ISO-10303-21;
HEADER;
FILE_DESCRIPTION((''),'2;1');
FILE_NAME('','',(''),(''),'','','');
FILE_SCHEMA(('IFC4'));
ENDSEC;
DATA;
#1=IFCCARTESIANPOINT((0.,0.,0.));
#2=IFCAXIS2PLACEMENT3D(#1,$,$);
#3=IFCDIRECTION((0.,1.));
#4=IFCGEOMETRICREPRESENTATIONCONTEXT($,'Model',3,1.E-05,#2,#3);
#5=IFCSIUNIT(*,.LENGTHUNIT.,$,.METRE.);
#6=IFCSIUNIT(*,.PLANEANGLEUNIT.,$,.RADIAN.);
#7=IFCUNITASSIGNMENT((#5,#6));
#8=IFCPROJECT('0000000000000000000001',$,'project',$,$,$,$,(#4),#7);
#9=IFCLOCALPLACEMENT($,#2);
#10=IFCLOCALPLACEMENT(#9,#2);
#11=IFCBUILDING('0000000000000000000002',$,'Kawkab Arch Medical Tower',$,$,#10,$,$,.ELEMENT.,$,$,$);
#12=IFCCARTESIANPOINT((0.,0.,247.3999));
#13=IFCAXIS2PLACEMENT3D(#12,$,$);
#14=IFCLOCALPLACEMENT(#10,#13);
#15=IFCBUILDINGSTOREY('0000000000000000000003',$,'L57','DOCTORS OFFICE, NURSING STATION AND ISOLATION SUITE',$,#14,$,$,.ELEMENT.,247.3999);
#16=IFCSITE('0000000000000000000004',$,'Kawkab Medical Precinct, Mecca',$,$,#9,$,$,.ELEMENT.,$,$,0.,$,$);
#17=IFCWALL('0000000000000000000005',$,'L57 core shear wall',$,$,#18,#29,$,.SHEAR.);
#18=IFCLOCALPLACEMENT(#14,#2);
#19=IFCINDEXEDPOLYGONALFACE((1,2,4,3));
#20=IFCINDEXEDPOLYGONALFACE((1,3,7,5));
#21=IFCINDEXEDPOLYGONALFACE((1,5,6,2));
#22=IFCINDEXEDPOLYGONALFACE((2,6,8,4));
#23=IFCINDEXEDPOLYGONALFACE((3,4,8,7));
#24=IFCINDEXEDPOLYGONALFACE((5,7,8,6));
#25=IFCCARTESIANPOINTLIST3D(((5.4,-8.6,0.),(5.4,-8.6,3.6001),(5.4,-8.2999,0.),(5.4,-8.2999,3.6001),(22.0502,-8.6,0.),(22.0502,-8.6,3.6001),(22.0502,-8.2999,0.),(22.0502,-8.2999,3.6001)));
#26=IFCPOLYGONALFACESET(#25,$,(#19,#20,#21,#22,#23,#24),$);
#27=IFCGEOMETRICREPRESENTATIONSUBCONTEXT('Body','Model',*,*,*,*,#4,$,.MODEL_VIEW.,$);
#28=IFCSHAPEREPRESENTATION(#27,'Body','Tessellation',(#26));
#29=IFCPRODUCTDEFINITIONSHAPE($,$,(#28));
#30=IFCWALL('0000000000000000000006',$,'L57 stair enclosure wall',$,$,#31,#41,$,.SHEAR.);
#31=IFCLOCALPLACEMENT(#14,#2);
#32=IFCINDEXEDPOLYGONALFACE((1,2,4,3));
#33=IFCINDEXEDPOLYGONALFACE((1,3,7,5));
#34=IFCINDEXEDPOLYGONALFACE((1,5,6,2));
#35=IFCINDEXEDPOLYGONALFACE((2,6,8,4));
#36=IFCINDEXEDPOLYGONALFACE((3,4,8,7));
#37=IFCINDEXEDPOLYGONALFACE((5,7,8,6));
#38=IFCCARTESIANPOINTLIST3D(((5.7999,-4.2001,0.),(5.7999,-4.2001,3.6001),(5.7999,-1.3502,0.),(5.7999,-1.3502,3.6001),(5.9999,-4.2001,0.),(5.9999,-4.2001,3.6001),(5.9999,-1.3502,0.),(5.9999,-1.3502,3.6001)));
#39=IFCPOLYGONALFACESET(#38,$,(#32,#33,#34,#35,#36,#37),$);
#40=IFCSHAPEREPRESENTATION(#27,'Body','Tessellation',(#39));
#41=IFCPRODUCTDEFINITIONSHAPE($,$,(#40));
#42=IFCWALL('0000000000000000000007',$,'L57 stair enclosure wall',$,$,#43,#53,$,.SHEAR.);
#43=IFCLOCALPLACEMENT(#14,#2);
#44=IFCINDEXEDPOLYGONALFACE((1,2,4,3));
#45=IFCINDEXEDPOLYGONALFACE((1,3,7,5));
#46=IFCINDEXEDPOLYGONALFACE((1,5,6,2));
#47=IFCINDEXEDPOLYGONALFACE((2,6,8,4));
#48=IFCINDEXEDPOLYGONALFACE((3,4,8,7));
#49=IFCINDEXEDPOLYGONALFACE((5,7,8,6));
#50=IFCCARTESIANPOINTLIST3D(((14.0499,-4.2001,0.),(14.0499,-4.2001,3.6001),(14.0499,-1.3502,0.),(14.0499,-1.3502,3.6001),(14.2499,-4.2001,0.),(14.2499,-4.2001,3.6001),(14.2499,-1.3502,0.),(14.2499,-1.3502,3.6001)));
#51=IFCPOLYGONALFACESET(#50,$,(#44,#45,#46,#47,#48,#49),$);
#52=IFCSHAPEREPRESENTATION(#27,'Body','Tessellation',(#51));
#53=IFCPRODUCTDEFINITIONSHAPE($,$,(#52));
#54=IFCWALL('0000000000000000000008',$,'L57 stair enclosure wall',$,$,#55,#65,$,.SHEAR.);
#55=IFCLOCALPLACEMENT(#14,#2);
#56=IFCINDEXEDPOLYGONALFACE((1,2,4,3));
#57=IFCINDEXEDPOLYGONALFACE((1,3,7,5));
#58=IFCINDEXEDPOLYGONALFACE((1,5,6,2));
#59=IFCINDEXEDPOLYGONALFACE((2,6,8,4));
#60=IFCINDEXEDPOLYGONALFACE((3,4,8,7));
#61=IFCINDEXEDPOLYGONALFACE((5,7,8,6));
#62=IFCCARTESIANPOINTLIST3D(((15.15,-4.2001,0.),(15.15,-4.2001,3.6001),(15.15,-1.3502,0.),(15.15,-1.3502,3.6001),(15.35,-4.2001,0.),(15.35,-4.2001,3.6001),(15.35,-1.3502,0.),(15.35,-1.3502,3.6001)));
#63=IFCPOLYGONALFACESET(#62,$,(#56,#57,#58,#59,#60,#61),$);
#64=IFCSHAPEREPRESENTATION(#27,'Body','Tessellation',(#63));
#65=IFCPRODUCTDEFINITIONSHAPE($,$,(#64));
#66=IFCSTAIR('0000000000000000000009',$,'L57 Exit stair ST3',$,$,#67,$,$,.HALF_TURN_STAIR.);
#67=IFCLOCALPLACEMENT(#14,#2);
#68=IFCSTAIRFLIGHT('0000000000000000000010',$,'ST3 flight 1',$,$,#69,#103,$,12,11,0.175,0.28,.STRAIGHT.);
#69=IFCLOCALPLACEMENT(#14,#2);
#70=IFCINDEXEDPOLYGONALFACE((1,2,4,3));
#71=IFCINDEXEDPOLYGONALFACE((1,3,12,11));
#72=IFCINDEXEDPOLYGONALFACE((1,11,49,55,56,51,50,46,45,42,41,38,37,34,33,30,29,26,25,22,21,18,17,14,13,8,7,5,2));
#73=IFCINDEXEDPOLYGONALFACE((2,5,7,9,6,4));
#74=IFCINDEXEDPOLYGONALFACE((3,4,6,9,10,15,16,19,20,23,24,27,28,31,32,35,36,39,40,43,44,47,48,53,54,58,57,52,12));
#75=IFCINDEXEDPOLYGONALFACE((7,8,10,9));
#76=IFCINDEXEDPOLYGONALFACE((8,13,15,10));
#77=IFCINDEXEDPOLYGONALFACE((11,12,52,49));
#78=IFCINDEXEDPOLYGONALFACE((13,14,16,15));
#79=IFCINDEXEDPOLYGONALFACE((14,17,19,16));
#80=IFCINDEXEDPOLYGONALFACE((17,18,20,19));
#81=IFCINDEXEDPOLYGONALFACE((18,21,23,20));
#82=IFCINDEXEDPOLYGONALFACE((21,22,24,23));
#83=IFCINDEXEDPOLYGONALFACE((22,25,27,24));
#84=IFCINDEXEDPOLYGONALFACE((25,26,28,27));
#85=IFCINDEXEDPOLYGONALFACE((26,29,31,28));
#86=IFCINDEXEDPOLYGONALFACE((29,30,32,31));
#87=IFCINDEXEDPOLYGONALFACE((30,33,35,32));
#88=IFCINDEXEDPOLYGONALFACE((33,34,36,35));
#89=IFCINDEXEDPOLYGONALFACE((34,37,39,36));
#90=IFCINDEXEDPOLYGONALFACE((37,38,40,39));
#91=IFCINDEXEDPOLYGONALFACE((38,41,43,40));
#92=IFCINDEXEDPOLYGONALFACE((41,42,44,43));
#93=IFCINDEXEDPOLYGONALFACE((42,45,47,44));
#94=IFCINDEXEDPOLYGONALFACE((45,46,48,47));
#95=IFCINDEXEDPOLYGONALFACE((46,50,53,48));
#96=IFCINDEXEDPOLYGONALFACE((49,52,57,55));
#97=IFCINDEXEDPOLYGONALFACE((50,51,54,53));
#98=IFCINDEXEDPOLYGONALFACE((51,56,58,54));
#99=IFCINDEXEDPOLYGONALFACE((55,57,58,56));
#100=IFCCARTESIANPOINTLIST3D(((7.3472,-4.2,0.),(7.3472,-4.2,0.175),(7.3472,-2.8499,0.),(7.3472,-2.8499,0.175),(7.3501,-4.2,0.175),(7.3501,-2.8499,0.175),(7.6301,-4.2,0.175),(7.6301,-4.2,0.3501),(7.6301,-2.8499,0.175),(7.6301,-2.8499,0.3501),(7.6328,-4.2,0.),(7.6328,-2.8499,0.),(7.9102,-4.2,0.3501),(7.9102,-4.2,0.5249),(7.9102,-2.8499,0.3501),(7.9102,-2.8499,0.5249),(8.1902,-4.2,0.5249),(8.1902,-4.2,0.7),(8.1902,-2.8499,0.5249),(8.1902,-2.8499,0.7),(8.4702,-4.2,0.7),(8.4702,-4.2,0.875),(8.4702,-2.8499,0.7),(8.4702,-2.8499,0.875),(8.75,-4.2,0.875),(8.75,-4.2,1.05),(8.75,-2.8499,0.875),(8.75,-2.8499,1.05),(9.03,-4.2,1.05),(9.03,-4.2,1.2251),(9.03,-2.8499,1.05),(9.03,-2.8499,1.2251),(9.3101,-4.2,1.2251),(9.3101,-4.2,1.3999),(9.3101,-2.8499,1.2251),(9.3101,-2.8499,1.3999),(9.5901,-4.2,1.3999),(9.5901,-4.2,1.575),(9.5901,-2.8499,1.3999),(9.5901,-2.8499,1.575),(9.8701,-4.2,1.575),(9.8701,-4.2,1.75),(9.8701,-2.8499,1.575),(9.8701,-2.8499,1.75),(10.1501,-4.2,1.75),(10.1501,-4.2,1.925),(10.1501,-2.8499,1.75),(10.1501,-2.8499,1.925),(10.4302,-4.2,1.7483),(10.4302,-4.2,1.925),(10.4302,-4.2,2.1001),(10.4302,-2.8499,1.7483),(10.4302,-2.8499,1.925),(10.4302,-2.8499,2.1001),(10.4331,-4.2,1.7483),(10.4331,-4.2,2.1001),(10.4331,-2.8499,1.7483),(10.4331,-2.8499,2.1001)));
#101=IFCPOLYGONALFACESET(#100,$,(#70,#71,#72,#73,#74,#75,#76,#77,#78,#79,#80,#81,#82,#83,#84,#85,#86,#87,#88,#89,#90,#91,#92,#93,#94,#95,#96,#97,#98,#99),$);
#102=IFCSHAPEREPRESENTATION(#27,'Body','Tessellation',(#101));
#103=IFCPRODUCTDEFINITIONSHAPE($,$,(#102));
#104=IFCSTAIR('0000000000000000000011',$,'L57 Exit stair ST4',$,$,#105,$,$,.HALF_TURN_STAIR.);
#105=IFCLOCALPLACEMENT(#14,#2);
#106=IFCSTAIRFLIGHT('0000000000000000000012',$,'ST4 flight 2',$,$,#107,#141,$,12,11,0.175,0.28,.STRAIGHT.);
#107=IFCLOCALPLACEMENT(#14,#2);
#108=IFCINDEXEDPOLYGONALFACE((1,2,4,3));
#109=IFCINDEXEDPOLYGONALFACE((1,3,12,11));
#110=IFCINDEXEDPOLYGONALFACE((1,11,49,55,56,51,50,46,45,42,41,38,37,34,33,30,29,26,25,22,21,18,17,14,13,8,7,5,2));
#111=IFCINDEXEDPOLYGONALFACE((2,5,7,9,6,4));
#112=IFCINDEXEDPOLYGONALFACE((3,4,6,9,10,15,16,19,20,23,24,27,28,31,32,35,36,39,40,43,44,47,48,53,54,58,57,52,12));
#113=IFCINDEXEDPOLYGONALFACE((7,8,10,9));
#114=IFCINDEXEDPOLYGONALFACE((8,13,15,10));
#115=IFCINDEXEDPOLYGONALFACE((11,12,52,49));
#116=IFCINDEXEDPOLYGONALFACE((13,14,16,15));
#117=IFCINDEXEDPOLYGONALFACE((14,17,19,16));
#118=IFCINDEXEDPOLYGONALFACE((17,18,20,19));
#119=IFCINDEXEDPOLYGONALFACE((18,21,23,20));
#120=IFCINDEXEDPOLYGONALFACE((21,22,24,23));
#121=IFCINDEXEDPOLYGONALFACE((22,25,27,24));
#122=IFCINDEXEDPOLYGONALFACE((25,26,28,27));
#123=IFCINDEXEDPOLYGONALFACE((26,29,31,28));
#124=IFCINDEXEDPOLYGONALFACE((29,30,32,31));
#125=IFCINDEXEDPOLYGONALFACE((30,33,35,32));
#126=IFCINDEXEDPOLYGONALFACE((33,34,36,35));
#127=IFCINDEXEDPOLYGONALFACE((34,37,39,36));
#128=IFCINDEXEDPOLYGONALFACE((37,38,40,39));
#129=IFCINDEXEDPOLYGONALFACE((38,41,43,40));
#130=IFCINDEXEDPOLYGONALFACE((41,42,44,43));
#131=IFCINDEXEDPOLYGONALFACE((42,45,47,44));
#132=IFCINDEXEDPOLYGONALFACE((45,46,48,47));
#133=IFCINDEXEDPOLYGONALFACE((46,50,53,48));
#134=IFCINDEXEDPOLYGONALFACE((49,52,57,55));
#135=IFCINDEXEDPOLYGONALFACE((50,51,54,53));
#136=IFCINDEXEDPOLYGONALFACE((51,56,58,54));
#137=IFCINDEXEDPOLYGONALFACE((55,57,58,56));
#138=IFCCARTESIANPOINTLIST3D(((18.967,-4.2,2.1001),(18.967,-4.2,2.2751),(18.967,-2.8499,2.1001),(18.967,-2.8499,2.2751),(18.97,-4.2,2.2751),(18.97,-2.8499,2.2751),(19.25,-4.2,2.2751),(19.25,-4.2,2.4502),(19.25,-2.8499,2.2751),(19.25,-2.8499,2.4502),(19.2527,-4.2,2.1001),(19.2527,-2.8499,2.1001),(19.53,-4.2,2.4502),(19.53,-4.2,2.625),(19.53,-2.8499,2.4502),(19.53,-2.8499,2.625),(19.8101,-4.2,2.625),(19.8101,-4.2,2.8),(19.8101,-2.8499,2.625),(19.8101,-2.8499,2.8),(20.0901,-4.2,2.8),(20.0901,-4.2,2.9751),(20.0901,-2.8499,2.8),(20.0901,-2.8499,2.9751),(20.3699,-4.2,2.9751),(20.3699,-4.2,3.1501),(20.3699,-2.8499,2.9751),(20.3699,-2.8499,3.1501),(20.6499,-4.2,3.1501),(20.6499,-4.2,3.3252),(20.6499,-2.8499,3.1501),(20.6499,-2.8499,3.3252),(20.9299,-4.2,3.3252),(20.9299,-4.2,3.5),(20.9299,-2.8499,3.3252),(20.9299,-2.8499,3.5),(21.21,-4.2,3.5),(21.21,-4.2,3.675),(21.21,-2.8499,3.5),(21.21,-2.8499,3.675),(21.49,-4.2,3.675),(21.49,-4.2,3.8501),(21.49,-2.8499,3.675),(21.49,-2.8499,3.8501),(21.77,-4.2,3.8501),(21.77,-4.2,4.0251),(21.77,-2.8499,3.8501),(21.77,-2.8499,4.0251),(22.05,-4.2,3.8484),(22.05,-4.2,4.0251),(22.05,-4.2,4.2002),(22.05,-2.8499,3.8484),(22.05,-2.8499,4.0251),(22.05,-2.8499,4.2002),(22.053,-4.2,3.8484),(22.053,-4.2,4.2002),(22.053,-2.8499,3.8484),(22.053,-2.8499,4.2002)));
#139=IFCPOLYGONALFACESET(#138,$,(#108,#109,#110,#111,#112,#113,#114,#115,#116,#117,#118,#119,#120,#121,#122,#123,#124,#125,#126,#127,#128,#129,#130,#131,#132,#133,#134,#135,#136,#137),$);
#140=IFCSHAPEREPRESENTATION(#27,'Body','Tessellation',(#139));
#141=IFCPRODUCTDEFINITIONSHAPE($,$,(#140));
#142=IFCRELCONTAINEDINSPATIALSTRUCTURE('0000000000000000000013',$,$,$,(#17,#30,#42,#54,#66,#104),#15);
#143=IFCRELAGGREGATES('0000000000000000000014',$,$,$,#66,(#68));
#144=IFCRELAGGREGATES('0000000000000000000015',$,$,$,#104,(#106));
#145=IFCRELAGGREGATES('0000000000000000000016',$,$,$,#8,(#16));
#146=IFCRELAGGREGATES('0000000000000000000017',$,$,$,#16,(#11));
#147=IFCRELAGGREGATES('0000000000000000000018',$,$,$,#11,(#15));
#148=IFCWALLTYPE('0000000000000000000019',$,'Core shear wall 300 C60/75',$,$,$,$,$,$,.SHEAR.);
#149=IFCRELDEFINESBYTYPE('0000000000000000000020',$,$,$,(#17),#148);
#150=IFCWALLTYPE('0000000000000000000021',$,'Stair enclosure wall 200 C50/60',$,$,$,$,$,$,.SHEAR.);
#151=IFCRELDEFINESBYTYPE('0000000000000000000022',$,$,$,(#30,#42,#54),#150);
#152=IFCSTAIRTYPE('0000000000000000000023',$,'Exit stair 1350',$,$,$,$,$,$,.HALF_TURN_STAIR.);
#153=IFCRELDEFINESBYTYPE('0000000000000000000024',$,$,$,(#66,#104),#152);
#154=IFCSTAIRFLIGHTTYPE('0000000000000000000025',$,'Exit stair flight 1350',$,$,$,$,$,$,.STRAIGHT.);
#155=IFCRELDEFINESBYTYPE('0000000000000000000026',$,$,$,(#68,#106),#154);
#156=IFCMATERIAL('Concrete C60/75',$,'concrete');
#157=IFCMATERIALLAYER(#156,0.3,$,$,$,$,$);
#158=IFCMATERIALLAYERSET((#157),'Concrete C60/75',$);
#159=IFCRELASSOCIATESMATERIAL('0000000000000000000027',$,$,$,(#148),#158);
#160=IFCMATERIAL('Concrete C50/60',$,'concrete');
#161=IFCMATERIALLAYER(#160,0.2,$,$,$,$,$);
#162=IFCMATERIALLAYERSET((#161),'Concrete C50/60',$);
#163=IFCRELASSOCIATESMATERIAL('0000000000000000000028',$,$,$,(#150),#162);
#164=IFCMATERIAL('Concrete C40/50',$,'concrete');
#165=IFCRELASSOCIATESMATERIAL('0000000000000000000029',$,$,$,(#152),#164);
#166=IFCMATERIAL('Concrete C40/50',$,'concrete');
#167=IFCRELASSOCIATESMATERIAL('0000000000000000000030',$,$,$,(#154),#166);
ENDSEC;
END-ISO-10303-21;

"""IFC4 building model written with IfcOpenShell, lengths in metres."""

from ifc_helpers import new_model, si_unit, direction, frame, frame_2d, origin, place, context, subcontext, project, spatial, polyline, rectangle, outline, extrude, material, layer, layer_set, type_object, element, aggregate, save


model = new_model("IFC4")

# Units and contexts
model_context = context("Model", 3, precision=1e-05, world=origin(), true_north=direction((0.0, 1.0)))
body_context = subcontext(model_context, "Body", "Model", "MODEL_VIEW")
ifc_project = project(units=[si_unit("LENGTHUNIT", "METRE"), si_unit("PLANEANGLEUNIT", "RADIAN")], contexts=[model_context])

# Site, building, storey
site_placement = place(None, origin())
site = spatial("IfcSite", under=ifc_project, at=site_placement, Name="Kawkab Medical Precinct, Mecca", CompositionType="ELEMENT", RefElevation=0.0)
building_placement = place(site_placement, origin())
building = spatial("IfcBuilding", under=site, at=building_placement, Name="Kawkab Arch Medical Tower", CompositionType="ELEMENT")
storey_placement = place(building_placement, frame((0.0, 0.0, 247.3999)))
storey = spatial("IfcBuildingStorey", under=building, at=storey_placement, Name="L57", Description="DOCTORS OFFICE, NURSING STATION AND ISOLATION SUITE", CompositionType="ELEMENT", Elevation=247.3999)

# Walls
ifc_material_1 = material(Name="Concrete C60/75", Category="concrete")
ifc_layer_1 = layer(ifc_material_1, 0.3)
ifc_layer_set_1 = layer_set([ifc_layer_1], Name="Concrete C60/75")
wall_type_1 = type_object("IfcWallType", Name="Core shear wall 300 C60/75", PredefinedType="SHEAR", material=ifc_layer_set_1)
wall_1_placement = place(storey_placement, frame((5.3999, -8.45, 0.0), z_axis=(0.0, 0.0, 1.0), x_axis=(1.0, 0.0, 0.0)))
element("IfcWall", 1, at=wall_1_placement, inside=storey, type_object=wall_type_1, Name="L57 core shear wall", PredefinedType="SHEAR", context=body_context, shape_type="SweptSolid", body=[
    extrude(rectangle(XDim=16.6501, YDim=0.3, at=frame_2d((8.3252, 0.0))), origin(), (0.0, 0.0, 1.0), 3.6001),
])
ifc_material_2 = material(Name="Concrete C50/60", Category="concrete")
ifc_layer_2 = layer(ifc_material_2, 0.2)
ifc_layer_set_2 = layer_set([ifc_layer_2], Name="Concrete C50/60")
wall_type_2 = type_object("IfcWallType", Name="Stair enclosure wall 200 C50/60", PredefinedType="SHEAR", material=ifc_layer_set_2)
for number, where, z_axis, x_axis, name in (
    (2, (5.8999, -4.2, 0.0), (0.0, 0.0, 1.0), (0.0, 1.0, 0.0), "L57 stair enclosure wall"),
    (3, (14.1499, -4.2, 0.0), (0.0, 0.0, 1.0), (0.0, 1.0, 0.0), "L57 stair enclosure wall"),
    (4, (15.25, -4.2, 0.0), (0.0, 0.0, 1.0), (0.0, 1.0, 0.0), "L57 stair enclosure wall"),
):
    element("IfcWall", number, at=place(storey_placement, frame(where, z_axis=z_axis, x_axis=x_axis)), inside=storey, type_object=wall_type_2, Name=name, PredefinedType="SHEAR", context=body_context, shape_type="SweptSolid", body=[
        extrude(rectangle(XDim=2.8499, YDim=0.2, at=frame_2d((1.4248, 0.0))), origin(), (0.0, 0.0, 1.0), 3.6001),
    ])

# Stairs, stair flights
ifc_material_3 = material(Name="Concrete C40/50", Category="concrete")
stair_type = type_object("IfcStairType", Name="Exit stair 1350", PredefinedType="HALF_TURN_STAIR", material=ifc_material_3)
placement = place(storey_placement, origin())
stair_1 = element("IfcStair", 5, at=placement, inside=storey, type_object=stair_type, Name="L57 Exit stair ST3", PredefinedType="HALF_TURN_STAIR")
ifc_material_4 = material(Name="Concrete C40/50", Category="concrete")
stair_flight_type = type_object("IfcStairFlightType", Name="Exit stair flight 1350", PredefinedType="STRAIGHT", material=ifc_material_4)
stair_flight_1_placement = place(storey_placement, frame((7.3501, -3.5249, 0.0), z_axis=(0.0, 0.0, 1.0), x_axis=(1.0, 0.0, 0.0)))
stair_flight_1 = element("IfcStairFlight", 6, at=stair_flight_1_placement, type_object=stair_flight_type, Name="ST3 flight 1", NumberOfRisers=12, NumberOfTreads=11, PredefinedType="STRAIGHT", RiserHeight=0.175, TreadLength=0.28, context=body_context, shape_type="SweptSolid", body=[
    extrude(outline(polyline([(-0.0029, 0.0), (-0.0029, 0.175), (0.0, 0.175), (0.28, 0.175), (0.28, 0.3501), (0.5601, 0.3501), (0.5601, 0.5249), (0.8401, 0.5249), (0.8401, 0.7), (1.1201, 0.7), (1.1201, 0.875), (1.3999, 0.875), (1.3999, 1.05), (1.6799, 1.05), (1.6799, 1.2251), (1.96, 1.2251), (1.96, 1.3999), (2.24, 1.3999), (2.24, 1.575), (2.52, 1.575), (2.52, 1.75), (2.8, 1.75), (2.8, 1.925), (3.0801, 1.925), (3.0801, 2.1001), (3.083, 2.1001), (3.083, 1.7483), (3.0801, 1.7483), (0.2827, 0.0), (-0.0029, 0.0)])), frame((0.0, 0.675, 0.0), z_axis=(0.0, -1.0, 0.0), x_axis=(1.0, 0.0, 0.0)), (0.0, 0.0, 1.0), 1.3501),
])
aggregate(stair_1, [stair_flight_1])
stair_2 = element("IfcStair", 7, at=placement, inside=storey, type_object=stair_type, Name="L57 Exit stair ST4", PredefinedType="HALF_TURN_STAIR")
stair_flight_2_placement = place(storey_placement, frame((18.97, -3.5249, 2.1001), z_axis=(0.0, 0.0, 1.0), x_axis=(1.0, 0.0, 0.0)))
stair_flight_2 = element("IfcStairFlight", 8, at=stair_flight_2_placement, type_object=stair_flight_type, Name="ST4 flight 2", NumberOfRisers=12, NumberOfTreads=11, PredefinedType="STRAIGHT", RiserHeight=0.175, TreadLength=0.28, context=body_context, shape_type="SweptSolid", body=[
    extrude(outline(polyline([(-0.0029, 0.0), (-0.0029, 0.175), (0.0, 0.175), (0.28, 0.175), (0.28, 0.3501), (0.5601, 0.3501), (0.5601, 0.5249), (0.8401, 0.5249), (0.8401, 0.7), (1.1201, 0.7), (1.1201, 0.875), (1.3999, 0.875), (1.3999, 1.05), (1.6799, 1.05), (1.6799, 1.2251), (1.96, 1.2251), (1.96, 1.3999), (2.24, 1.3999), (2.24, 1.575), (2.52, 1.575), (2.52, 1.75), (2.8, 1.75), (2.8, 1.925), (3.0801, 1.925), (3.0801, 2.1001), (3.083, 2.1001), (3.083, 1.7483), (3.0801, 1.7483), (0.2827, 0.0), (-0.0029, 0.0)])), frame((0.0, 0.675, 0.0), z_axis=(0.0, -1.0, 0.0), x_axis=(1.0, 0.0, 0.0)), (0.0, 0.0, 1.0), 1.3501),
])
aggregate(stair_2, [stair_flight_2])

save(model, "model.ifc")
